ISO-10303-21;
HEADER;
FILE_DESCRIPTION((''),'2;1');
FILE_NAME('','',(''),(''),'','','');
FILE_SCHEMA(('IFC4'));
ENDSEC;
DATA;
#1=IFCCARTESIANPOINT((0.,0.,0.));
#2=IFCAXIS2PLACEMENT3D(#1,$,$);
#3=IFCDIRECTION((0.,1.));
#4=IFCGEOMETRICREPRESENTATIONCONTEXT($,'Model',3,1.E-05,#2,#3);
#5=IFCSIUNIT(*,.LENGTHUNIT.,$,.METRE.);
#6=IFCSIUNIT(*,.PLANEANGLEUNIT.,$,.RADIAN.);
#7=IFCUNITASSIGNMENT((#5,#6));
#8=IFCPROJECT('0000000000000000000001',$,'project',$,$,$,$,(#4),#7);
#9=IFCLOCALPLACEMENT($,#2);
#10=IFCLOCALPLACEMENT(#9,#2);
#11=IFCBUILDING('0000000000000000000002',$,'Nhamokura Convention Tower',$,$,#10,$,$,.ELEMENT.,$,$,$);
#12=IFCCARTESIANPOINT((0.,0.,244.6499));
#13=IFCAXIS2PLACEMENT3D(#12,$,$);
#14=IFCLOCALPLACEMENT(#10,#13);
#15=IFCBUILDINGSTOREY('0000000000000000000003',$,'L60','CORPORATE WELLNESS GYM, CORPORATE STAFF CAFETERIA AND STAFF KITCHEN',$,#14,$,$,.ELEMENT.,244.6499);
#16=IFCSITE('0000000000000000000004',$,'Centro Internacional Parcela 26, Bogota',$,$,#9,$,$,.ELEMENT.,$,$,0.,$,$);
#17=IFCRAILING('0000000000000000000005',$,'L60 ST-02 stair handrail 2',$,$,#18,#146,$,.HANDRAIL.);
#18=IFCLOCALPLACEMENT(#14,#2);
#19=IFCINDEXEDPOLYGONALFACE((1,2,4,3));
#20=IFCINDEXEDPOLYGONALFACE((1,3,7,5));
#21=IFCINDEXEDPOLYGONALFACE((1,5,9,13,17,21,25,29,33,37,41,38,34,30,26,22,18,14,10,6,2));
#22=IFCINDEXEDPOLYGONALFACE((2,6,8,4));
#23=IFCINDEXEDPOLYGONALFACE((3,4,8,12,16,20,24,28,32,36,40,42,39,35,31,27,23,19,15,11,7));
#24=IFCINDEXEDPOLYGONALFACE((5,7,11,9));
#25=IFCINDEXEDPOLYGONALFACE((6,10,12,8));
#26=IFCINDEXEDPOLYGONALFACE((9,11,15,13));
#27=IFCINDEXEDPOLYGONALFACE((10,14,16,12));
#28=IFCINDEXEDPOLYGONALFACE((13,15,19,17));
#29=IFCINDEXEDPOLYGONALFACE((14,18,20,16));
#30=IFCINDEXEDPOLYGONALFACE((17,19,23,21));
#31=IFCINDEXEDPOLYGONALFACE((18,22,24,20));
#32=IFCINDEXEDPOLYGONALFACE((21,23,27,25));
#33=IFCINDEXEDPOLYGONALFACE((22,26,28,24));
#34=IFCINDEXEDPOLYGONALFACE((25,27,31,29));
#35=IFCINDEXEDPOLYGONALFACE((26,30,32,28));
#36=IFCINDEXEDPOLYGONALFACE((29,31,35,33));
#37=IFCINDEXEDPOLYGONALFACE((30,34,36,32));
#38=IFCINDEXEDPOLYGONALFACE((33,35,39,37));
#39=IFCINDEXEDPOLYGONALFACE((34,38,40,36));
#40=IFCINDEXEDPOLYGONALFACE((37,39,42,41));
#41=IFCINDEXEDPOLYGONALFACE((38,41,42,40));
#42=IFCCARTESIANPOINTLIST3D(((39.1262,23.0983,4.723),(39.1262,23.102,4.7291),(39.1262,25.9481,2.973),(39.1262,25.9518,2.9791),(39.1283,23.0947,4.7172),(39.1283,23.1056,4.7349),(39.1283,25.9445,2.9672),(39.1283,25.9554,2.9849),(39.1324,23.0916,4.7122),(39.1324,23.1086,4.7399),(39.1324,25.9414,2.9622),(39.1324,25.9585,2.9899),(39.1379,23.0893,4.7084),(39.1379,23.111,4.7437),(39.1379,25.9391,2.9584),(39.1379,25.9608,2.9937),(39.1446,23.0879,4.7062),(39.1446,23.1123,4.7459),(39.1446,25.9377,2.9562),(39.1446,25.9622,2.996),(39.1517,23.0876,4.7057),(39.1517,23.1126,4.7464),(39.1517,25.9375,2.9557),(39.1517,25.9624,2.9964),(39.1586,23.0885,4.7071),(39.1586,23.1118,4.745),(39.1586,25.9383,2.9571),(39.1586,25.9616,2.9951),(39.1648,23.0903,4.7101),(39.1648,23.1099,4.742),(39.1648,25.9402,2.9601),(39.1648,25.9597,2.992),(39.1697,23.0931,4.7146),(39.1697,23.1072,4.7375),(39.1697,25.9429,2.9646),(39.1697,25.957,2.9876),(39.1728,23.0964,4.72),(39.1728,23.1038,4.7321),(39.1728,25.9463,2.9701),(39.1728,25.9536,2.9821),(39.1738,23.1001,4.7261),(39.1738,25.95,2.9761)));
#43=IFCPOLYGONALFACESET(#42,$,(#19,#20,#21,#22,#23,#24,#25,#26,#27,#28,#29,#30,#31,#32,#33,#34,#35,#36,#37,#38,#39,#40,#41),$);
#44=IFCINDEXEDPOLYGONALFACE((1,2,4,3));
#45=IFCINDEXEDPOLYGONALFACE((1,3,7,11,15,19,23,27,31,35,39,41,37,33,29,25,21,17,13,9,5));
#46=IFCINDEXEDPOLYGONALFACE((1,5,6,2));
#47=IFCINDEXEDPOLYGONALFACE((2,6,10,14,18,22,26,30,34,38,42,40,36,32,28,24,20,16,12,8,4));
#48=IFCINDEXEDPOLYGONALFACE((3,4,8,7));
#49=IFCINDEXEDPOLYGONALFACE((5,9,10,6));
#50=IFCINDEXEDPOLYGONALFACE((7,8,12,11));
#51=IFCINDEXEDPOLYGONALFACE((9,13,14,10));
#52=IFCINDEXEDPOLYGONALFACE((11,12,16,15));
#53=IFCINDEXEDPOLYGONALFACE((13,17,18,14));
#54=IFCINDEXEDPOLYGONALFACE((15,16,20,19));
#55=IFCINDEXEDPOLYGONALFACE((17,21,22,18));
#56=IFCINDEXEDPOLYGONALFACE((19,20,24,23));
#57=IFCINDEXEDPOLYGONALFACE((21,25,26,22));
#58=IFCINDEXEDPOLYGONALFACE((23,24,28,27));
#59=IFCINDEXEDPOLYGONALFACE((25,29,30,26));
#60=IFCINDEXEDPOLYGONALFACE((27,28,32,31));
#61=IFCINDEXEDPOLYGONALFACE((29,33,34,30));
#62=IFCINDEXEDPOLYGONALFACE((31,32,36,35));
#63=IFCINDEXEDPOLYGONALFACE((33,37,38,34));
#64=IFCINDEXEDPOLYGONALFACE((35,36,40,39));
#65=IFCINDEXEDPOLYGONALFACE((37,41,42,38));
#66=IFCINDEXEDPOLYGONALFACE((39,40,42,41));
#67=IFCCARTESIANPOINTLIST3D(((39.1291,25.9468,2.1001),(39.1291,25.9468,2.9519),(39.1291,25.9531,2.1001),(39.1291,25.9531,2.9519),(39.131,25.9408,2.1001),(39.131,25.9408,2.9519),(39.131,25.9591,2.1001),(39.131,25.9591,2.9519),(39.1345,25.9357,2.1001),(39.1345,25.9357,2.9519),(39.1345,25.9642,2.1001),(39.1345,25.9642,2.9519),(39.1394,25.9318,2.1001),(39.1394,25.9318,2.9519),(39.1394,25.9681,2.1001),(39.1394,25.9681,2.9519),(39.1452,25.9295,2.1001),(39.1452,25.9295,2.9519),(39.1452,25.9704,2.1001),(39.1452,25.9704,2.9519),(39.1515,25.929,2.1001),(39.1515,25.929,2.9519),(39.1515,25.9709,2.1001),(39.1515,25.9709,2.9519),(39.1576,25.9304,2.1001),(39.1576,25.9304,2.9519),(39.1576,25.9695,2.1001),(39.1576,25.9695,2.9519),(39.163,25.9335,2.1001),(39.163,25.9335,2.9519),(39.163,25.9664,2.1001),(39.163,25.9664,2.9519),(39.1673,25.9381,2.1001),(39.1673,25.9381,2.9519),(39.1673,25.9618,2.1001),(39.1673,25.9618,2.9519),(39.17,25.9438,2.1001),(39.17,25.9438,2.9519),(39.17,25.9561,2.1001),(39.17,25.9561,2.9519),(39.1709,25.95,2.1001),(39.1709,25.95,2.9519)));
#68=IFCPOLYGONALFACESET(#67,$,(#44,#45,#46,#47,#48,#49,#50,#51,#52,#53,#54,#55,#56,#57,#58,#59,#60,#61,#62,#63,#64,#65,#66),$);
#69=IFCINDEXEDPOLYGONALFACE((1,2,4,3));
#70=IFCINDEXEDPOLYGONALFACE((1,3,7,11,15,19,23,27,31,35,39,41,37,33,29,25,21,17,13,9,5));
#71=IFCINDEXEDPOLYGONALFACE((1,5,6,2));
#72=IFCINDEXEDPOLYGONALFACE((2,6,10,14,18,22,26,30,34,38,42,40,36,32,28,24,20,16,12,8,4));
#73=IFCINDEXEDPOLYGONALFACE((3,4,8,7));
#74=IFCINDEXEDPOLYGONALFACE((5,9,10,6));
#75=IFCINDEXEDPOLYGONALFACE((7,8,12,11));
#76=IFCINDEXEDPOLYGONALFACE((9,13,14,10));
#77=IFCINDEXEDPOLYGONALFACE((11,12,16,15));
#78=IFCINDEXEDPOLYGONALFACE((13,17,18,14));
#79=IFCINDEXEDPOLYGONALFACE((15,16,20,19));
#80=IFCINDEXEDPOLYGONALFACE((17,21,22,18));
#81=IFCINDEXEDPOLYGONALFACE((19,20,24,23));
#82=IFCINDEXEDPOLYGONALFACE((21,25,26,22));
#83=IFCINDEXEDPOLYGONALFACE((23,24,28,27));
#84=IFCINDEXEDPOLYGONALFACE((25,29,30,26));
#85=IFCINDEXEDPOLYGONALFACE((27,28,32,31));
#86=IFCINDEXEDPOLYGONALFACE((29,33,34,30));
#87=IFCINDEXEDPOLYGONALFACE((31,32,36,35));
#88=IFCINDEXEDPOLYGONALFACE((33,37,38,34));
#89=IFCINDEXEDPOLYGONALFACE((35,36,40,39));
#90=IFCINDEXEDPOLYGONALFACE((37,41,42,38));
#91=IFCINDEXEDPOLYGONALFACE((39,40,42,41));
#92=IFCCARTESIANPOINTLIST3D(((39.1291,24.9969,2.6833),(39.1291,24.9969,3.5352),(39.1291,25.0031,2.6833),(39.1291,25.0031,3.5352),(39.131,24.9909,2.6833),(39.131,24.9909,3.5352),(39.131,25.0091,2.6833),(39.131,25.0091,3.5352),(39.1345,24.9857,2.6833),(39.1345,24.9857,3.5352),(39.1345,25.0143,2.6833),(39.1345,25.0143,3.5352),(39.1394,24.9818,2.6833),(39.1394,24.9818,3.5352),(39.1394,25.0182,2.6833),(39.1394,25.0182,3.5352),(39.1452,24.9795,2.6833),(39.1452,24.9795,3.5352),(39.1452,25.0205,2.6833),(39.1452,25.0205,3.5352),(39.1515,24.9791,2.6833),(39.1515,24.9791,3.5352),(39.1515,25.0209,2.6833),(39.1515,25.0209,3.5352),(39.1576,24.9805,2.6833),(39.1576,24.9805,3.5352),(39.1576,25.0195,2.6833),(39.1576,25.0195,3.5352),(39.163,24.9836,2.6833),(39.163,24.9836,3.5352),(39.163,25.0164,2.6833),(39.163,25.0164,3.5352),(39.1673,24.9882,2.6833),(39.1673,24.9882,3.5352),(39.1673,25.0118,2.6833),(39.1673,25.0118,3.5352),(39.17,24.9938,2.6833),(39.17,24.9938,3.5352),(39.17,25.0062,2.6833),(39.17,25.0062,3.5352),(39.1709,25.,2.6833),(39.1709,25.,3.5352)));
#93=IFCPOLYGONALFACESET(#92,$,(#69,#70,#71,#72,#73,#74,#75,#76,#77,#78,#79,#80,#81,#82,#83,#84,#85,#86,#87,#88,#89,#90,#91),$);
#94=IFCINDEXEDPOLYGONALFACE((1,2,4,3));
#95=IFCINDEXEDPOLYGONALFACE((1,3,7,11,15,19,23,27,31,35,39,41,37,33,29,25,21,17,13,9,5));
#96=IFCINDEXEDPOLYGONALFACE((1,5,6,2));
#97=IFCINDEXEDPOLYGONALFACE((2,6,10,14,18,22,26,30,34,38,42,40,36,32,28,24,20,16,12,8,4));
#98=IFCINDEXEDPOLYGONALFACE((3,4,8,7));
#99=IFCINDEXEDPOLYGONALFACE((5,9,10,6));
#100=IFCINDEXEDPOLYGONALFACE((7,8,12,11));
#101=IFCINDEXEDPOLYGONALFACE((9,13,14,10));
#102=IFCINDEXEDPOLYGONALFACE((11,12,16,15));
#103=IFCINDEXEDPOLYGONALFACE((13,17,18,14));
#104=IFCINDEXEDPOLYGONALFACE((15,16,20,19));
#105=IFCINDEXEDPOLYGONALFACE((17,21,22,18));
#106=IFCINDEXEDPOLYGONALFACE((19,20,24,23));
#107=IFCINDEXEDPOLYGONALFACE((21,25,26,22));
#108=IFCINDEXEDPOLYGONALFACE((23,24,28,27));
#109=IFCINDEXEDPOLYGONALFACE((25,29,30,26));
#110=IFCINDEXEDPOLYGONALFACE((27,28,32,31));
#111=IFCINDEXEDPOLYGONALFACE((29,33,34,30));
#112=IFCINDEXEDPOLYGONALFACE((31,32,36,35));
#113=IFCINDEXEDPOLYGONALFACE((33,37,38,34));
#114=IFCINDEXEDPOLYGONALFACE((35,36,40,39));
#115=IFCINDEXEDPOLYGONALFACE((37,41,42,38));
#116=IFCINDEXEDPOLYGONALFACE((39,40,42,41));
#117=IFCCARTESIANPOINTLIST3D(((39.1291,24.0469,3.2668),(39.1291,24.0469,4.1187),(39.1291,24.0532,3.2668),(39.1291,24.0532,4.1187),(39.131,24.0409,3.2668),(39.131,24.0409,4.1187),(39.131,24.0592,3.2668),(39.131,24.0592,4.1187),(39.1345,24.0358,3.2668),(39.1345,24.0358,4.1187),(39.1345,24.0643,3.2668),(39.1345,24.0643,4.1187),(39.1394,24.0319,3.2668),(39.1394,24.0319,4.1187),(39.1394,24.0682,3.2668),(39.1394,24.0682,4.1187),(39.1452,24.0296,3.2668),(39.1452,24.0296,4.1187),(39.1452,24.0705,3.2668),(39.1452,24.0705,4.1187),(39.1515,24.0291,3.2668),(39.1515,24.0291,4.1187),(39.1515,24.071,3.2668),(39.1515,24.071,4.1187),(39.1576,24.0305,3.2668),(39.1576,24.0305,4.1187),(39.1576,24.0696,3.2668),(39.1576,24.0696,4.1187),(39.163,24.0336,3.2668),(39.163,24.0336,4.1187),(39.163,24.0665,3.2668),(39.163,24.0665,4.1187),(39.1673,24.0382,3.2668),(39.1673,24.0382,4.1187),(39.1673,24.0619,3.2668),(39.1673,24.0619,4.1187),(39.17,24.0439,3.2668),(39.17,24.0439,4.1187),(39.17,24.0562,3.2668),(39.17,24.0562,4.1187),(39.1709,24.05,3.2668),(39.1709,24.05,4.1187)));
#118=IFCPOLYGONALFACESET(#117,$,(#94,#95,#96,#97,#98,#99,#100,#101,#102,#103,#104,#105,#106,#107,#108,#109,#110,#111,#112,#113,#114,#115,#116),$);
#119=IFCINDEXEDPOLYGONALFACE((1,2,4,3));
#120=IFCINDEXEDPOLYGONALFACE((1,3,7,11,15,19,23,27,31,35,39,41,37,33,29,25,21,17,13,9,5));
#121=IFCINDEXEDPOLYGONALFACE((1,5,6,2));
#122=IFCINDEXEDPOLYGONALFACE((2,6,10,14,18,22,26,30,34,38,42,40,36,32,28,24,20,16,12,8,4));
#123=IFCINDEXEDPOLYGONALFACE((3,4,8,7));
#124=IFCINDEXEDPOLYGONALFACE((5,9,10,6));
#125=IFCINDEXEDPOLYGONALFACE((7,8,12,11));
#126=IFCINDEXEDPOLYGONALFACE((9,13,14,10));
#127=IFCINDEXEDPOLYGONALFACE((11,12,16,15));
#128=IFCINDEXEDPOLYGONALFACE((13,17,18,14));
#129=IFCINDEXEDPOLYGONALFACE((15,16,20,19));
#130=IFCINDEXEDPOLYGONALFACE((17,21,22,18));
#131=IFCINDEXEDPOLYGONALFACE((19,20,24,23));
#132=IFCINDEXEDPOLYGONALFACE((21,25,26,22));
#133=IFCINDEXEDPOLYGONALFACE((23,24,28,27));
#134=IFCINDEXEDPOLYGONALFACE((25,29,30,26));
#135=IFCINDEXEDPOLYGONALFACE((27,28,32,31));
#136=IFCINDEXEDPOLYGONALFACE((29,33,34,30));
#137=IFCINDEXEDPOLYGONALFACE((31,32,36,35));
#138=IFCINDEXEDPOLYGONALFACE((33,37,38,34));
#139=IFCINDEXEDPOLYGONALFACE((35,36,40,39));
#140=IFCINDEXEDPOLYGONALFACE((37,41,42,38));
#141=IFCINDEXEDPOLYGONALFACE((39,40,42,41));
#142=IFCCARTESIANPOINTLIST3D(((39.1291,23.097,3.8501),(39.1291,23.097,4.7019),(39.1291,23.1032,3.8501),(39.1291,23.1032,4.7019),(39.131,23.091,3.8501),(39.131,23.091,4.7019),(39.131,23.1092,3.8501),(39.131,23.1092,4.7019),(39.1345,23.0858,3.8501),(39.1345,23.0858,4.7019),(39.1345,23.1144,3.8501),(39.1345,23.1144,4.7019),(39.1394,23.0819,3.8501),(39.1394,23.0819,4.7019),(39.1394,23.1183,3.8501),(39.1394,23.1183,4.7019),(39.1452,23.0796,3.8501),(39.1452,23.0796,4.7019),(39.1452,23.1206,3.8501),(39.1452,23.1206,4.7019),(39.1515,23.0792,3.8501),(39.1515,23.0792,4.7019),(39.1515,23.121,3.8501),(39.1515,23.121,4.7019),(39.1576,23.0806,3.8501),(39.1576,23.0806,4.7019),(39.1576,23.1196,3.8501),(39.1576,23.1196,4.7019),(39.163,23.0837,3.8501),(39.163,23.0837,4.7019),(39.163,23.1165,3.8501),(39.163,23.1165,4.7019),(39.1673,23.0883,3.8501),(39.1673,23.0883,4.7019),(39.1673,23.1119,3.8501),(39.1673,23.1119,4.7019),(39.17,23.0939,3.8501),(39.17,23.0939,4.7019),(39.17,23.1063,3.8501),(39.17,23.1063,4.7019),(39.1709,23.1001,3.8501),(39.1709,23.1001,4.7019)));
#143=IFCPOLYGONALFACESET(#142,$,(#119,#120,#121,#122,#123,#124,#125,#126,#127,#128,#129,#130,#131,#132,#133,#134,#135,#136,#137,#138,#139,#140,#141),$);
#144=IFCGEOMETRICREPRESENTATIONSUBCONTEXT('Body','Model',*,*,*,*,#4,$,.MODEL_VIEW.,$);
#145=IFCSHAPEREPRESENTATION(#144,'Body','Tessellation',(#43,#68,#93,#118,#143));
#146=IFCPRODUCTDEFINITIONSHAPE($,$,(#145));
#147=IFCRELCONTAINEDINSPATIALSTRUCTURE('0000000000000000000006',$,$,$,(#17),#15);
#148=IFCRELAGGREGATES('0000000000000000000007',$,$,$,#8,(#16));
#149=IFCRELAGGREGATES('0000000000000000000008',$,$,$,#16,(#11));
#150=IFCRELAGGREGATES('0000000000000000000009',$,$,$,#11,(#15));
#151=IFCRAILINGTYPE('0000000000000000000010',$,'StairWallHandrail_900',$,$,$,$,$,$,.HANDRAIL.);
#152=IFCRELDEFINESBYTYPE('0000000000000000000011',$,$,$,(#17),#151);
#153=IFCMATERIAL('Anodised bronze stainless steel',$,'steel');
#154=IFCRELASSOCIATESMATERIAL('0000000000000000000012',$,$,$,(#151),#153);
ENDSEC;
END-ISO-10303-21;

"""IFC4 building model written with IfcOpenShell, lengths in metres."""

from ifc_helpers import new_model, si_unit, direction, frame, origin, origin_2d, place, context, subcontext, project, spatial, circle, extrude, material, type_object, element, save


model = new_model("IFC4")

# Units and contexts
model_context = context("Model", 3, precision=1e-05, world=origin(), true_north=direction((0.0, 1.0)))
body_context = subcontext(model_context, "Body", "Model", "MODEL_VIEW")
ifc_project = project(units=[si_unit("LENGTHUNIT", "METRE"), si_unit("PLANEANGLEUNIT", "RADIAN")], contexts=[model_context])

# Site, building, storey
site_placement = place(None, origin())
site = spatial("IfcSite", under=ifc_project, at=site_placement, Name="Centro Internacional Parcela 26, Bogota", CompositionType="ELEMENT", RefElevation=0.0)
building_placement = place(site_placement, origin())
building = spatial("IfcBuilding", under=site, at=building_placement, Name="Nhamokura Convention Tower", CompositionType="ELEMENT")
storey_placement = place(building_placement, frame((0.0, 0.0, 244.6499)))
storey = spatial("IfcBuildingStorey", under=building, at=storey_placement, Name="L60", Description="CORPORATE WELLNESS GYM, CORPORATE STAFF CAFETERIA AND STAFF KITCHEN", CompositionType="ELEMENT", Elevation=244.6499)

# Railing
ifc_material_1 = material(Name="Anodised bronze stainless steel", Category="steel")
railing_type_1 = type_object("IfcRailingType", Name="StairWallHandrail_900", PredefinedType="HANDRAIL", material=ifc_material_1)
railing_1_placement = place(storey_placement, frame((39.1499, 25.95, 2.1001)))
element("IfcRailing", 1, at=railing_1_placement, inside=storey, type_object=railing_type_1, Name="L60 ST-02 stair handrail 2", PredefinedType="HANDRAIL", context=body_context, shape_type="SweptSolid", body=[
    extrude(circle(Radius=0.0239, at=origin_2d()), frame((0.0, 0.0, 0.876), z_axis=(0.0, -0.852159, 0.523283), x_axis=(1.0, 0.0, 0.0)), (0.0, 0.0, 1.0), 3.3442),
    extrude(circle(Radius=0.021, at=origin_2d()), origin(), (0.0, 0.0, 1.0), 0.8518),
    extrude(circle(Radius=0.021, at=origin_2d()), frame((0.0, -0.95, 0.5833)), (0.0, 0.0, 1.0), 0.8518),
    extrude(circle(Radius=0.021, at=origin_2d()), frame((0.0, -1.8999, 1.1667)), (0.0, 0.0, 1.0), 0.8518),
    extrude(circle(Radius=0.021, at=origin_2d()), frame((0.0, -2.8499, 1.75)), (0.0, 0.0, 1.0), 0.8518),
])

save(model, "model.ifc")
